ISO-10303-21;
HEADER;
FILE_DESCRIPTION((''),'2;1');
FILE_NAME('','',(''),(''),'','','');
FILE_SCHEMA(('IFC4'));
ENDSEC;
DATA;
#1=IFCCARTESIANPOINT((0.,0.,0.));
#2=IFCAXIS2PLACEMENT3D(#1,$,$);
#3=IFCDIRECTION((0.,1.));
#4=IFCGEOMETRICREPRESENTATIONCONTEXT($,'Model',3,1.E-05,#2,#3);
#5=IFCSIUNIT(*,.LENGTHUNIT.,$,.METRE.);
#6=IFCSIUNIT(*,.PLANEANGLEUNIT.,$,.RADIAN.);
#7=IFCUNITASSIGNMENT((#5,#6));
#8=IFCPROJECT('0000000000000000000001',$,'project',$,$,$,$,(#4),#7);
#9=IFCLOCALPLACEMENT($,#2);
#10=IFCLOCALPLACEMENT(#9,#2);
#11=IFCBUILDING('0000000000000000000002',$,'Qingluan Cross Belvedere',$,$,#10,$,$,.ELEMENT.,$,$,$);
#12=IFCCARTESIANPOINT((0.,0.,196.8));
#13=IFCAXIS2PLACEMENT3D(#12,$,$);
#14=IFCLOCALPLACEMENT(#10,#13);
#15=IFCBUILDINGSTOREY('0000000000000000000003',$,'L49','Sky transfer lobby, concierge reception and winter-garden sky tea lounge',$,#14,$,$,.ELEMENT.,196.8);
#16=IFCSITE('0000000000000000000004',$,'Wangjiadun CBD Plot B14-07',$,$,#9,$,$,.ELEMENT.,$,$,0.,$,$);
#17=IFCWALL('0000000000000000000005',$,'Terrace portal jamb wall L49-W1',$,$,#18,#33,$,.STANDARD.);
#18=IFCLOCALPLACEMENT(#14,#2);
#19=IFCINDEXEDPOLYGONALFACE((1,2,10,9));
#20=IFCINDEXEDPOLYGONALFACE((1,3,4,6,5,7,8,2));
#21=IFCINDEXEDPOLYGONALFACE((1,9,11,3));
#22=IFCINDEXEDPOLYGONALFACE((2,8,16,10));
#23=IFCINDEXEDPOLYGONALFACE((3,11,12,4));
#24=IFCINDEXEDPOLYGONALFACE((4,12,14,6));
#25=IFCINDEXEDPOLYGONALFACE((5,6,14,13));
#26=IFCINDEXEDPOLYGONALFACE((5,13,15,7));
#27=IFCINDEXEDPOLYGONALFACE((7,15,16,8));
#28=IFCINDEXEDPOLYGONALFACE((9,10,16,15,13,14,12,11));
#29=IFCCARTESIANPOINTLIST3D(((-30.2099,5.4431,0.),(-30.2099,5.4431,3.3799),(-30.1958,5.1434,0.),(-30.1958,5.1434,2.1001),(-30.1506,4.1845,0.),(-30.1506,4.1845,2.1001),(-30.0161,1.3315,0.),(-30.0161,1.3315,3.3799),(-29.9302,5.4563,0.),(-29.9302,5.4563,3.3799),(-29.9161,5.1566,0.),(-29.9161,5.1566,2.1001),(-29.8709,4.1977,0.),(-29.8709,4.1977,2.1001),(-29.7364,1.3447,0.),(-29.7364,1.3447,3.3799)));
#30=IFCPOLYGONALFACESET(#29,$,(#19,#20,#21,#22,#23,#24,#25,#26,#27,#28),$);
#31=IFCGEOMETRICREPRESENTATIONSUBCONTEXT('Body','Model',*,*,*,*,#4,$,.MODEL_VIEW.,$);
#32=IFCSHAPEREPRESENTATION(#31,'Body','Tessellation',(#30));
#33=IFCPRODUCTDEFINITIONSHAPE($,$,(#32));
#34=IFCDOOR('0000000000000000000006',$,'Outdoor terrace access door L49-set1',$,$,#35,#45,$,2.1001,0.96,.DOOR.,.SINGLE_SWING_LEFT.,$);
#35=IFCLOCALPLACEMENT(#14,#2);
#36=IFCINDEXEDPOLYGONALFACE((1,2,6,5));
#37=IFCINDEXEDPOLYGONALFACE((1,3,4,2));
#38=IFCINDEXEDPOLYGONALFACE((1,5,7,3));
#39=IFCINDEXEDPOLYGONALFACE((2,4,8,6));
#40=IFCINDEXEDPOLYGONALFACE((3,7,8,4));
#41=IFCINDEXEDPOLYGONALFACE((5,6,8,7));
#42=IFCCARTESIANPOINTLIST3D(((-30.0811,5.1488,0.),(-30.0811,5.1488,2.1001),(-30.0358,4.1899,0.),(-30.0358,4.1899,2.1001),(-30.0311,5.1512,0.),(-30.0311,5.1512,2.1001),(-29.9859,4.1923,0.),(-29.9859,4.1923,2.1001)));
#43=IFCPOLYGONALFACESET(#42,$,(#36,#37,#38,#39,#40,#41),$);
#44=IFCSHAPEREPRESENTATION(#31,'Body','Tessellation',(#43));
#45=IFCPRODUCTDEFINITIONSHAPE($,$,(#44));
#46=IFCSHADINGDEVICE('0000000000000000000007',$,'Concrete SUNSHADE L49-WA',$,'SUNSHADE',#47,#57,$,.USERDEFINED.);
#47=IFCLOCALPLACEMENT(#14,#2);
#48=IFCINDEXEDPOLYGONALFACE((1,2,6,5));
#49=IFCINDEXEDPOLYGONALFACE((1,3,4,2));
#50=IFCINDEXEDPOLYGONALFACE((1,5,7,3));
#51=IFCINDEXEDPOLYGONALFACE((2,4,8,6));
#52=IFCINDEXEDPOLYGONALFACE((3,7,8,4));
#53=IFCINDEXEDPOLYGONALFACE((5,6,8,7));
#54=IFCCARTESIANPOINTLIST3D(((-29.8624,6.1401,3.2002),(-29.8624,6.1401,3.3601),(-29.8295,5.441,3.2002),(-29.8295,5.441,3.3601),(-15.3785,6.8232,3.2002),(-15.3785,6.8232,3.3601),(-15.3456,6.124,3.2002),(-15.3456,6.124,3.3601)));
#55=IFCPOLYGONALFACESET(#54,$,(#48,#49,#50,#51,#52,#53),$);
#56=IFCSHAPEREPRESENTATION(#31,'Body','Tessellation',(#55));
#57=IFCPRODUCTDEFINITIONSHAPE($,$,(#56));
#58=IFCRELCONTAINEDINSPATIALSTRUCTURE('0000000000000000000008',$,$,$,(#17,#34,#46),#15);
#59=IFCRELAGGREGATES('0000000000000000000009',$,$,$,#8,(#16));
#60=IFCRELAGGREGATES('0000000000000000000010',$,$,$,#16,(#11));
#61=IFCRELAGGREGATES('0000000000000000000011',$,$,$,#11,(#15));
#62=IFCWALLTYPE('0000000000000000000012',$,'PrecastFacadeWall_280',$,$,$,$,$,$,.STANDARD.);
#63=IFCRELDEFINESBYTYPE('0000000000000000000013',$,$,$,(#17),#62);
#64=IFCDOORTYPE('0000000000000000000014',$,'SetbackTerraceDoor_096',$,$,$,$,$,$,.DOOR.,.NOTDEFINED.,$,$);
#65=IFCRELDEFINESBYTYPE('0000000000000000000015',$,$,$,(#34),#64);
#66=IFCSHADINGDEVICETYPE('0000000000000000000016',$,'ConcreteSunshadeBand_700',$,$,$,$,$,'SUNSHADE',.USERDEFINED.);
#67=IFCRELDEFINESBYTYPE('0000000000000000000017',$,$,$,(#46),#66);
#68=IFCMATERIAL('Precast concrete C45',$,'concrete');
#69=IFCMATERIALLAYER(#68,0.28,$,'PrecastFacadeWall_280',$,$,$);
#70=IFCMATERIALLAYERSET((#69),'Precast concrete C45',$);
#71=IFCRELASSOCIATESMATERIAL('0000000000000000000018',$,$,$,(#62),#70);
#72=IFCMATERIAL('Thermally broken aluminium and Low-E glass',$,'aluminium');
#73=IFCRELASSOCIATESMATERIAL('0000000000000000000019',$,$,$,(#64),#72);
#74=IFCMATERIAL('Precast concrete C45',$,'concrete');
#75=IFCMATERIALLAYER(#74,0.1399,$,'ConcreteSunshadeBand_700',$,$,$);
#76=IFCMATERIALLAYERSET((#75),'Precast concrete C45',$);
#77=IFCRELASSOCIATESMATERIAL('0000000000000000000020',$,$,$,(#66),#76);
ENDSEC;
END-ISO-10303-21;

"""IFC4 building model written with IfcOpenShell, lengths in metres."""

from ifc_helpers import new_model, si_unit, direction, frame, frame_2d, origin, origin_2d, place, context, subcontext, project, spatial, rectangle, extrude, material, layer, layer_set, type_object, element, fill, save


model = new_model("IFC4")

# Units and contexts
model_context = context("Model", 3, precision=1e-05, world=origin(), true_north=direction((0.0, 1.0)))
body_context = subcontext(model_context, "Body", "Model", "MODEL_VIEW")
ifc_project = project(units=[si_unit("LENGTHUNIT", "METRE"), si_unit("PLANEANGLEUNIT", "RADIAN")], contexts=[model_context])

# Site, building, storey
site_placement = place(None, origin())
site = spatial("IfcSite", under=ifc_project, at=site_placement, Name="Wangjiadun CBD Plot B14-07", CompositionType="ELEMENT", RefElevation=0.0)
building_placement = place(site_placement, origin())
building = spatial("IfcBuilding", under=site, at=building_placement, Name="Qingluan Cross Belvedere", CompositionType="ELEMENT")
storey_placement = place(building_placement, frame((0.0, 0.0, 196.8)))
storey = spatial("IfcBuildingStorey", under=building, at=storey_placement, Name="L49", Description="Sky transfer lobby, concierge reception and winter-garden sky tea lounge", CompositionType="ELEMENT", Elevation=196.8)

# Wall, opening, door
ifc_material_1 = material(Name="Precast concrete C45", Category="concrete")
ifc_layer_1 = layer(ifc_material_1, 0.28, Name="PrecastFacadeWall_280")
ifc_layer_set_1 = layer_set([ifc_layer_1], Name="Precast concrete C45")
wall_type_1 = type_object("IfcWallType", Name="PrecastFacadeWall_280", PredefinedType="STANDARD", material=ifc_layer_set_1)
wall_1_placement = place(storey_placement, frame((-30.0701, 5.4497, 0.0), z_axis=(0.0, 0.0, 1.0), x_axis=(0.047095, -0.99889, 0.0)))
wall_1 = element("IfcWall", 1, at=wall_1_placement, inside=storey, type_object=wall_type_1, Name="Terrace portal jamb wall L49-W1", PredefinedType="STANDARD", context=body_context, shape_type="SweptSolid", body=[
    extrude(rectangle(XDim=4.1162, YDim=0.28, at=frame_2d((2.0581, 0.0))), origin(), (0.0, 0.0, 1.0), 3.3799),
])
opening_1_placement = place(wall_1_placement, frame((0.3, 0.0, 0.0)))
opening_1 = element("IfcOpeningElement", 2, at=opening_1_placement, cuts=wall_1, PredefinedType="OPENING", context=body_context, shape_type="SweptSolid", body=[
    extrude(rectangle(XDim=0.96, YDim=2.1001, at=frame_2d((0.48, 1.05))), frame((0.0, 0.1499, 0.0), z_axis=(0.0, -1.0, 0.0), x_axis=(1.0, 0.0, 0.0)), (0.0, 0.0, 1.0), 0.3),
])
ifc_material_2 = material(Name="Thermally broken aluminium and Low-E glass", Category="aluminium")
door_type_1 = type_object("IfcDoorType", Name="SetbackTerraceDoor_096", OperationType="NOTDEFINED", PredefinedType="DOOR", material=ifc_material_2)
door_1_placement = place(opening_1_placement, origin())
door_1 = element("IfcDoor", 3, at=door_1_placement, inside=storey, type_object=door_type_1, Name="Outdoor terrace access door L49-set1", OperationType="SINGLE_SWING_LEFT", OverallHeight=2.1001, OverallWidth=0.96, PredefinedType="DOOR", context=body_context, shape_type="SweptSolid", body=[
    extrude(rectangle(XDim=0.96, YDim=2.1001, at=frame_2d((0.48, 1.05))), frame((0.0, 0.0249, 0.0), z_axis=(0.0, -1.0, 0.0), x_axis=(1.0, 0.0, 0.0)), (0.0, 0.0, 1.0), 0.05),
])
fill(opening_1, door_1)

# Shading device
ifc_material_3 = material(Name="Precast concrete C45", Category="concrete")
ifc_layer_2 = layer(ifc_material_3, 0.1399, Name="ConcreteSunshadeBand_700")
ifc_layer_set_2 = layer_set([ifc_layer_2], Name="Precast concrete C45")
shading_device_type = type_object("IfcShadingDeviceType", Name="ConcreteSunshadeBand_700", ElementType="SUNSHADE", PredefinedType="USERDEFINED", material=ifc_layer_set_2)
shading_device_placement = place(storey_placement, frame((-22.604, 6.1321, 3.2002), z_axis=(0.0, 0.0, 1.0), x_axis=(-0.99889, -0.047109, 0.0)))
element("IfcShadingDevice", 4, at=shading_device_placement, inside=storey, type_object=shading_device_type, Name="Concrete SUNSHADE L49-WA", ObjectType="SUNSHADE", PredefinedType="USERDEFINED", context=body_context, shape_type="SweptSolid", body=[
    extrude(rectangle(XDim=14.5, YDim=0.7, at=origin_2d()), origin(), (0.0, 0.0, 1.0), 0.1599),
])

save(model, "model.ifc")
